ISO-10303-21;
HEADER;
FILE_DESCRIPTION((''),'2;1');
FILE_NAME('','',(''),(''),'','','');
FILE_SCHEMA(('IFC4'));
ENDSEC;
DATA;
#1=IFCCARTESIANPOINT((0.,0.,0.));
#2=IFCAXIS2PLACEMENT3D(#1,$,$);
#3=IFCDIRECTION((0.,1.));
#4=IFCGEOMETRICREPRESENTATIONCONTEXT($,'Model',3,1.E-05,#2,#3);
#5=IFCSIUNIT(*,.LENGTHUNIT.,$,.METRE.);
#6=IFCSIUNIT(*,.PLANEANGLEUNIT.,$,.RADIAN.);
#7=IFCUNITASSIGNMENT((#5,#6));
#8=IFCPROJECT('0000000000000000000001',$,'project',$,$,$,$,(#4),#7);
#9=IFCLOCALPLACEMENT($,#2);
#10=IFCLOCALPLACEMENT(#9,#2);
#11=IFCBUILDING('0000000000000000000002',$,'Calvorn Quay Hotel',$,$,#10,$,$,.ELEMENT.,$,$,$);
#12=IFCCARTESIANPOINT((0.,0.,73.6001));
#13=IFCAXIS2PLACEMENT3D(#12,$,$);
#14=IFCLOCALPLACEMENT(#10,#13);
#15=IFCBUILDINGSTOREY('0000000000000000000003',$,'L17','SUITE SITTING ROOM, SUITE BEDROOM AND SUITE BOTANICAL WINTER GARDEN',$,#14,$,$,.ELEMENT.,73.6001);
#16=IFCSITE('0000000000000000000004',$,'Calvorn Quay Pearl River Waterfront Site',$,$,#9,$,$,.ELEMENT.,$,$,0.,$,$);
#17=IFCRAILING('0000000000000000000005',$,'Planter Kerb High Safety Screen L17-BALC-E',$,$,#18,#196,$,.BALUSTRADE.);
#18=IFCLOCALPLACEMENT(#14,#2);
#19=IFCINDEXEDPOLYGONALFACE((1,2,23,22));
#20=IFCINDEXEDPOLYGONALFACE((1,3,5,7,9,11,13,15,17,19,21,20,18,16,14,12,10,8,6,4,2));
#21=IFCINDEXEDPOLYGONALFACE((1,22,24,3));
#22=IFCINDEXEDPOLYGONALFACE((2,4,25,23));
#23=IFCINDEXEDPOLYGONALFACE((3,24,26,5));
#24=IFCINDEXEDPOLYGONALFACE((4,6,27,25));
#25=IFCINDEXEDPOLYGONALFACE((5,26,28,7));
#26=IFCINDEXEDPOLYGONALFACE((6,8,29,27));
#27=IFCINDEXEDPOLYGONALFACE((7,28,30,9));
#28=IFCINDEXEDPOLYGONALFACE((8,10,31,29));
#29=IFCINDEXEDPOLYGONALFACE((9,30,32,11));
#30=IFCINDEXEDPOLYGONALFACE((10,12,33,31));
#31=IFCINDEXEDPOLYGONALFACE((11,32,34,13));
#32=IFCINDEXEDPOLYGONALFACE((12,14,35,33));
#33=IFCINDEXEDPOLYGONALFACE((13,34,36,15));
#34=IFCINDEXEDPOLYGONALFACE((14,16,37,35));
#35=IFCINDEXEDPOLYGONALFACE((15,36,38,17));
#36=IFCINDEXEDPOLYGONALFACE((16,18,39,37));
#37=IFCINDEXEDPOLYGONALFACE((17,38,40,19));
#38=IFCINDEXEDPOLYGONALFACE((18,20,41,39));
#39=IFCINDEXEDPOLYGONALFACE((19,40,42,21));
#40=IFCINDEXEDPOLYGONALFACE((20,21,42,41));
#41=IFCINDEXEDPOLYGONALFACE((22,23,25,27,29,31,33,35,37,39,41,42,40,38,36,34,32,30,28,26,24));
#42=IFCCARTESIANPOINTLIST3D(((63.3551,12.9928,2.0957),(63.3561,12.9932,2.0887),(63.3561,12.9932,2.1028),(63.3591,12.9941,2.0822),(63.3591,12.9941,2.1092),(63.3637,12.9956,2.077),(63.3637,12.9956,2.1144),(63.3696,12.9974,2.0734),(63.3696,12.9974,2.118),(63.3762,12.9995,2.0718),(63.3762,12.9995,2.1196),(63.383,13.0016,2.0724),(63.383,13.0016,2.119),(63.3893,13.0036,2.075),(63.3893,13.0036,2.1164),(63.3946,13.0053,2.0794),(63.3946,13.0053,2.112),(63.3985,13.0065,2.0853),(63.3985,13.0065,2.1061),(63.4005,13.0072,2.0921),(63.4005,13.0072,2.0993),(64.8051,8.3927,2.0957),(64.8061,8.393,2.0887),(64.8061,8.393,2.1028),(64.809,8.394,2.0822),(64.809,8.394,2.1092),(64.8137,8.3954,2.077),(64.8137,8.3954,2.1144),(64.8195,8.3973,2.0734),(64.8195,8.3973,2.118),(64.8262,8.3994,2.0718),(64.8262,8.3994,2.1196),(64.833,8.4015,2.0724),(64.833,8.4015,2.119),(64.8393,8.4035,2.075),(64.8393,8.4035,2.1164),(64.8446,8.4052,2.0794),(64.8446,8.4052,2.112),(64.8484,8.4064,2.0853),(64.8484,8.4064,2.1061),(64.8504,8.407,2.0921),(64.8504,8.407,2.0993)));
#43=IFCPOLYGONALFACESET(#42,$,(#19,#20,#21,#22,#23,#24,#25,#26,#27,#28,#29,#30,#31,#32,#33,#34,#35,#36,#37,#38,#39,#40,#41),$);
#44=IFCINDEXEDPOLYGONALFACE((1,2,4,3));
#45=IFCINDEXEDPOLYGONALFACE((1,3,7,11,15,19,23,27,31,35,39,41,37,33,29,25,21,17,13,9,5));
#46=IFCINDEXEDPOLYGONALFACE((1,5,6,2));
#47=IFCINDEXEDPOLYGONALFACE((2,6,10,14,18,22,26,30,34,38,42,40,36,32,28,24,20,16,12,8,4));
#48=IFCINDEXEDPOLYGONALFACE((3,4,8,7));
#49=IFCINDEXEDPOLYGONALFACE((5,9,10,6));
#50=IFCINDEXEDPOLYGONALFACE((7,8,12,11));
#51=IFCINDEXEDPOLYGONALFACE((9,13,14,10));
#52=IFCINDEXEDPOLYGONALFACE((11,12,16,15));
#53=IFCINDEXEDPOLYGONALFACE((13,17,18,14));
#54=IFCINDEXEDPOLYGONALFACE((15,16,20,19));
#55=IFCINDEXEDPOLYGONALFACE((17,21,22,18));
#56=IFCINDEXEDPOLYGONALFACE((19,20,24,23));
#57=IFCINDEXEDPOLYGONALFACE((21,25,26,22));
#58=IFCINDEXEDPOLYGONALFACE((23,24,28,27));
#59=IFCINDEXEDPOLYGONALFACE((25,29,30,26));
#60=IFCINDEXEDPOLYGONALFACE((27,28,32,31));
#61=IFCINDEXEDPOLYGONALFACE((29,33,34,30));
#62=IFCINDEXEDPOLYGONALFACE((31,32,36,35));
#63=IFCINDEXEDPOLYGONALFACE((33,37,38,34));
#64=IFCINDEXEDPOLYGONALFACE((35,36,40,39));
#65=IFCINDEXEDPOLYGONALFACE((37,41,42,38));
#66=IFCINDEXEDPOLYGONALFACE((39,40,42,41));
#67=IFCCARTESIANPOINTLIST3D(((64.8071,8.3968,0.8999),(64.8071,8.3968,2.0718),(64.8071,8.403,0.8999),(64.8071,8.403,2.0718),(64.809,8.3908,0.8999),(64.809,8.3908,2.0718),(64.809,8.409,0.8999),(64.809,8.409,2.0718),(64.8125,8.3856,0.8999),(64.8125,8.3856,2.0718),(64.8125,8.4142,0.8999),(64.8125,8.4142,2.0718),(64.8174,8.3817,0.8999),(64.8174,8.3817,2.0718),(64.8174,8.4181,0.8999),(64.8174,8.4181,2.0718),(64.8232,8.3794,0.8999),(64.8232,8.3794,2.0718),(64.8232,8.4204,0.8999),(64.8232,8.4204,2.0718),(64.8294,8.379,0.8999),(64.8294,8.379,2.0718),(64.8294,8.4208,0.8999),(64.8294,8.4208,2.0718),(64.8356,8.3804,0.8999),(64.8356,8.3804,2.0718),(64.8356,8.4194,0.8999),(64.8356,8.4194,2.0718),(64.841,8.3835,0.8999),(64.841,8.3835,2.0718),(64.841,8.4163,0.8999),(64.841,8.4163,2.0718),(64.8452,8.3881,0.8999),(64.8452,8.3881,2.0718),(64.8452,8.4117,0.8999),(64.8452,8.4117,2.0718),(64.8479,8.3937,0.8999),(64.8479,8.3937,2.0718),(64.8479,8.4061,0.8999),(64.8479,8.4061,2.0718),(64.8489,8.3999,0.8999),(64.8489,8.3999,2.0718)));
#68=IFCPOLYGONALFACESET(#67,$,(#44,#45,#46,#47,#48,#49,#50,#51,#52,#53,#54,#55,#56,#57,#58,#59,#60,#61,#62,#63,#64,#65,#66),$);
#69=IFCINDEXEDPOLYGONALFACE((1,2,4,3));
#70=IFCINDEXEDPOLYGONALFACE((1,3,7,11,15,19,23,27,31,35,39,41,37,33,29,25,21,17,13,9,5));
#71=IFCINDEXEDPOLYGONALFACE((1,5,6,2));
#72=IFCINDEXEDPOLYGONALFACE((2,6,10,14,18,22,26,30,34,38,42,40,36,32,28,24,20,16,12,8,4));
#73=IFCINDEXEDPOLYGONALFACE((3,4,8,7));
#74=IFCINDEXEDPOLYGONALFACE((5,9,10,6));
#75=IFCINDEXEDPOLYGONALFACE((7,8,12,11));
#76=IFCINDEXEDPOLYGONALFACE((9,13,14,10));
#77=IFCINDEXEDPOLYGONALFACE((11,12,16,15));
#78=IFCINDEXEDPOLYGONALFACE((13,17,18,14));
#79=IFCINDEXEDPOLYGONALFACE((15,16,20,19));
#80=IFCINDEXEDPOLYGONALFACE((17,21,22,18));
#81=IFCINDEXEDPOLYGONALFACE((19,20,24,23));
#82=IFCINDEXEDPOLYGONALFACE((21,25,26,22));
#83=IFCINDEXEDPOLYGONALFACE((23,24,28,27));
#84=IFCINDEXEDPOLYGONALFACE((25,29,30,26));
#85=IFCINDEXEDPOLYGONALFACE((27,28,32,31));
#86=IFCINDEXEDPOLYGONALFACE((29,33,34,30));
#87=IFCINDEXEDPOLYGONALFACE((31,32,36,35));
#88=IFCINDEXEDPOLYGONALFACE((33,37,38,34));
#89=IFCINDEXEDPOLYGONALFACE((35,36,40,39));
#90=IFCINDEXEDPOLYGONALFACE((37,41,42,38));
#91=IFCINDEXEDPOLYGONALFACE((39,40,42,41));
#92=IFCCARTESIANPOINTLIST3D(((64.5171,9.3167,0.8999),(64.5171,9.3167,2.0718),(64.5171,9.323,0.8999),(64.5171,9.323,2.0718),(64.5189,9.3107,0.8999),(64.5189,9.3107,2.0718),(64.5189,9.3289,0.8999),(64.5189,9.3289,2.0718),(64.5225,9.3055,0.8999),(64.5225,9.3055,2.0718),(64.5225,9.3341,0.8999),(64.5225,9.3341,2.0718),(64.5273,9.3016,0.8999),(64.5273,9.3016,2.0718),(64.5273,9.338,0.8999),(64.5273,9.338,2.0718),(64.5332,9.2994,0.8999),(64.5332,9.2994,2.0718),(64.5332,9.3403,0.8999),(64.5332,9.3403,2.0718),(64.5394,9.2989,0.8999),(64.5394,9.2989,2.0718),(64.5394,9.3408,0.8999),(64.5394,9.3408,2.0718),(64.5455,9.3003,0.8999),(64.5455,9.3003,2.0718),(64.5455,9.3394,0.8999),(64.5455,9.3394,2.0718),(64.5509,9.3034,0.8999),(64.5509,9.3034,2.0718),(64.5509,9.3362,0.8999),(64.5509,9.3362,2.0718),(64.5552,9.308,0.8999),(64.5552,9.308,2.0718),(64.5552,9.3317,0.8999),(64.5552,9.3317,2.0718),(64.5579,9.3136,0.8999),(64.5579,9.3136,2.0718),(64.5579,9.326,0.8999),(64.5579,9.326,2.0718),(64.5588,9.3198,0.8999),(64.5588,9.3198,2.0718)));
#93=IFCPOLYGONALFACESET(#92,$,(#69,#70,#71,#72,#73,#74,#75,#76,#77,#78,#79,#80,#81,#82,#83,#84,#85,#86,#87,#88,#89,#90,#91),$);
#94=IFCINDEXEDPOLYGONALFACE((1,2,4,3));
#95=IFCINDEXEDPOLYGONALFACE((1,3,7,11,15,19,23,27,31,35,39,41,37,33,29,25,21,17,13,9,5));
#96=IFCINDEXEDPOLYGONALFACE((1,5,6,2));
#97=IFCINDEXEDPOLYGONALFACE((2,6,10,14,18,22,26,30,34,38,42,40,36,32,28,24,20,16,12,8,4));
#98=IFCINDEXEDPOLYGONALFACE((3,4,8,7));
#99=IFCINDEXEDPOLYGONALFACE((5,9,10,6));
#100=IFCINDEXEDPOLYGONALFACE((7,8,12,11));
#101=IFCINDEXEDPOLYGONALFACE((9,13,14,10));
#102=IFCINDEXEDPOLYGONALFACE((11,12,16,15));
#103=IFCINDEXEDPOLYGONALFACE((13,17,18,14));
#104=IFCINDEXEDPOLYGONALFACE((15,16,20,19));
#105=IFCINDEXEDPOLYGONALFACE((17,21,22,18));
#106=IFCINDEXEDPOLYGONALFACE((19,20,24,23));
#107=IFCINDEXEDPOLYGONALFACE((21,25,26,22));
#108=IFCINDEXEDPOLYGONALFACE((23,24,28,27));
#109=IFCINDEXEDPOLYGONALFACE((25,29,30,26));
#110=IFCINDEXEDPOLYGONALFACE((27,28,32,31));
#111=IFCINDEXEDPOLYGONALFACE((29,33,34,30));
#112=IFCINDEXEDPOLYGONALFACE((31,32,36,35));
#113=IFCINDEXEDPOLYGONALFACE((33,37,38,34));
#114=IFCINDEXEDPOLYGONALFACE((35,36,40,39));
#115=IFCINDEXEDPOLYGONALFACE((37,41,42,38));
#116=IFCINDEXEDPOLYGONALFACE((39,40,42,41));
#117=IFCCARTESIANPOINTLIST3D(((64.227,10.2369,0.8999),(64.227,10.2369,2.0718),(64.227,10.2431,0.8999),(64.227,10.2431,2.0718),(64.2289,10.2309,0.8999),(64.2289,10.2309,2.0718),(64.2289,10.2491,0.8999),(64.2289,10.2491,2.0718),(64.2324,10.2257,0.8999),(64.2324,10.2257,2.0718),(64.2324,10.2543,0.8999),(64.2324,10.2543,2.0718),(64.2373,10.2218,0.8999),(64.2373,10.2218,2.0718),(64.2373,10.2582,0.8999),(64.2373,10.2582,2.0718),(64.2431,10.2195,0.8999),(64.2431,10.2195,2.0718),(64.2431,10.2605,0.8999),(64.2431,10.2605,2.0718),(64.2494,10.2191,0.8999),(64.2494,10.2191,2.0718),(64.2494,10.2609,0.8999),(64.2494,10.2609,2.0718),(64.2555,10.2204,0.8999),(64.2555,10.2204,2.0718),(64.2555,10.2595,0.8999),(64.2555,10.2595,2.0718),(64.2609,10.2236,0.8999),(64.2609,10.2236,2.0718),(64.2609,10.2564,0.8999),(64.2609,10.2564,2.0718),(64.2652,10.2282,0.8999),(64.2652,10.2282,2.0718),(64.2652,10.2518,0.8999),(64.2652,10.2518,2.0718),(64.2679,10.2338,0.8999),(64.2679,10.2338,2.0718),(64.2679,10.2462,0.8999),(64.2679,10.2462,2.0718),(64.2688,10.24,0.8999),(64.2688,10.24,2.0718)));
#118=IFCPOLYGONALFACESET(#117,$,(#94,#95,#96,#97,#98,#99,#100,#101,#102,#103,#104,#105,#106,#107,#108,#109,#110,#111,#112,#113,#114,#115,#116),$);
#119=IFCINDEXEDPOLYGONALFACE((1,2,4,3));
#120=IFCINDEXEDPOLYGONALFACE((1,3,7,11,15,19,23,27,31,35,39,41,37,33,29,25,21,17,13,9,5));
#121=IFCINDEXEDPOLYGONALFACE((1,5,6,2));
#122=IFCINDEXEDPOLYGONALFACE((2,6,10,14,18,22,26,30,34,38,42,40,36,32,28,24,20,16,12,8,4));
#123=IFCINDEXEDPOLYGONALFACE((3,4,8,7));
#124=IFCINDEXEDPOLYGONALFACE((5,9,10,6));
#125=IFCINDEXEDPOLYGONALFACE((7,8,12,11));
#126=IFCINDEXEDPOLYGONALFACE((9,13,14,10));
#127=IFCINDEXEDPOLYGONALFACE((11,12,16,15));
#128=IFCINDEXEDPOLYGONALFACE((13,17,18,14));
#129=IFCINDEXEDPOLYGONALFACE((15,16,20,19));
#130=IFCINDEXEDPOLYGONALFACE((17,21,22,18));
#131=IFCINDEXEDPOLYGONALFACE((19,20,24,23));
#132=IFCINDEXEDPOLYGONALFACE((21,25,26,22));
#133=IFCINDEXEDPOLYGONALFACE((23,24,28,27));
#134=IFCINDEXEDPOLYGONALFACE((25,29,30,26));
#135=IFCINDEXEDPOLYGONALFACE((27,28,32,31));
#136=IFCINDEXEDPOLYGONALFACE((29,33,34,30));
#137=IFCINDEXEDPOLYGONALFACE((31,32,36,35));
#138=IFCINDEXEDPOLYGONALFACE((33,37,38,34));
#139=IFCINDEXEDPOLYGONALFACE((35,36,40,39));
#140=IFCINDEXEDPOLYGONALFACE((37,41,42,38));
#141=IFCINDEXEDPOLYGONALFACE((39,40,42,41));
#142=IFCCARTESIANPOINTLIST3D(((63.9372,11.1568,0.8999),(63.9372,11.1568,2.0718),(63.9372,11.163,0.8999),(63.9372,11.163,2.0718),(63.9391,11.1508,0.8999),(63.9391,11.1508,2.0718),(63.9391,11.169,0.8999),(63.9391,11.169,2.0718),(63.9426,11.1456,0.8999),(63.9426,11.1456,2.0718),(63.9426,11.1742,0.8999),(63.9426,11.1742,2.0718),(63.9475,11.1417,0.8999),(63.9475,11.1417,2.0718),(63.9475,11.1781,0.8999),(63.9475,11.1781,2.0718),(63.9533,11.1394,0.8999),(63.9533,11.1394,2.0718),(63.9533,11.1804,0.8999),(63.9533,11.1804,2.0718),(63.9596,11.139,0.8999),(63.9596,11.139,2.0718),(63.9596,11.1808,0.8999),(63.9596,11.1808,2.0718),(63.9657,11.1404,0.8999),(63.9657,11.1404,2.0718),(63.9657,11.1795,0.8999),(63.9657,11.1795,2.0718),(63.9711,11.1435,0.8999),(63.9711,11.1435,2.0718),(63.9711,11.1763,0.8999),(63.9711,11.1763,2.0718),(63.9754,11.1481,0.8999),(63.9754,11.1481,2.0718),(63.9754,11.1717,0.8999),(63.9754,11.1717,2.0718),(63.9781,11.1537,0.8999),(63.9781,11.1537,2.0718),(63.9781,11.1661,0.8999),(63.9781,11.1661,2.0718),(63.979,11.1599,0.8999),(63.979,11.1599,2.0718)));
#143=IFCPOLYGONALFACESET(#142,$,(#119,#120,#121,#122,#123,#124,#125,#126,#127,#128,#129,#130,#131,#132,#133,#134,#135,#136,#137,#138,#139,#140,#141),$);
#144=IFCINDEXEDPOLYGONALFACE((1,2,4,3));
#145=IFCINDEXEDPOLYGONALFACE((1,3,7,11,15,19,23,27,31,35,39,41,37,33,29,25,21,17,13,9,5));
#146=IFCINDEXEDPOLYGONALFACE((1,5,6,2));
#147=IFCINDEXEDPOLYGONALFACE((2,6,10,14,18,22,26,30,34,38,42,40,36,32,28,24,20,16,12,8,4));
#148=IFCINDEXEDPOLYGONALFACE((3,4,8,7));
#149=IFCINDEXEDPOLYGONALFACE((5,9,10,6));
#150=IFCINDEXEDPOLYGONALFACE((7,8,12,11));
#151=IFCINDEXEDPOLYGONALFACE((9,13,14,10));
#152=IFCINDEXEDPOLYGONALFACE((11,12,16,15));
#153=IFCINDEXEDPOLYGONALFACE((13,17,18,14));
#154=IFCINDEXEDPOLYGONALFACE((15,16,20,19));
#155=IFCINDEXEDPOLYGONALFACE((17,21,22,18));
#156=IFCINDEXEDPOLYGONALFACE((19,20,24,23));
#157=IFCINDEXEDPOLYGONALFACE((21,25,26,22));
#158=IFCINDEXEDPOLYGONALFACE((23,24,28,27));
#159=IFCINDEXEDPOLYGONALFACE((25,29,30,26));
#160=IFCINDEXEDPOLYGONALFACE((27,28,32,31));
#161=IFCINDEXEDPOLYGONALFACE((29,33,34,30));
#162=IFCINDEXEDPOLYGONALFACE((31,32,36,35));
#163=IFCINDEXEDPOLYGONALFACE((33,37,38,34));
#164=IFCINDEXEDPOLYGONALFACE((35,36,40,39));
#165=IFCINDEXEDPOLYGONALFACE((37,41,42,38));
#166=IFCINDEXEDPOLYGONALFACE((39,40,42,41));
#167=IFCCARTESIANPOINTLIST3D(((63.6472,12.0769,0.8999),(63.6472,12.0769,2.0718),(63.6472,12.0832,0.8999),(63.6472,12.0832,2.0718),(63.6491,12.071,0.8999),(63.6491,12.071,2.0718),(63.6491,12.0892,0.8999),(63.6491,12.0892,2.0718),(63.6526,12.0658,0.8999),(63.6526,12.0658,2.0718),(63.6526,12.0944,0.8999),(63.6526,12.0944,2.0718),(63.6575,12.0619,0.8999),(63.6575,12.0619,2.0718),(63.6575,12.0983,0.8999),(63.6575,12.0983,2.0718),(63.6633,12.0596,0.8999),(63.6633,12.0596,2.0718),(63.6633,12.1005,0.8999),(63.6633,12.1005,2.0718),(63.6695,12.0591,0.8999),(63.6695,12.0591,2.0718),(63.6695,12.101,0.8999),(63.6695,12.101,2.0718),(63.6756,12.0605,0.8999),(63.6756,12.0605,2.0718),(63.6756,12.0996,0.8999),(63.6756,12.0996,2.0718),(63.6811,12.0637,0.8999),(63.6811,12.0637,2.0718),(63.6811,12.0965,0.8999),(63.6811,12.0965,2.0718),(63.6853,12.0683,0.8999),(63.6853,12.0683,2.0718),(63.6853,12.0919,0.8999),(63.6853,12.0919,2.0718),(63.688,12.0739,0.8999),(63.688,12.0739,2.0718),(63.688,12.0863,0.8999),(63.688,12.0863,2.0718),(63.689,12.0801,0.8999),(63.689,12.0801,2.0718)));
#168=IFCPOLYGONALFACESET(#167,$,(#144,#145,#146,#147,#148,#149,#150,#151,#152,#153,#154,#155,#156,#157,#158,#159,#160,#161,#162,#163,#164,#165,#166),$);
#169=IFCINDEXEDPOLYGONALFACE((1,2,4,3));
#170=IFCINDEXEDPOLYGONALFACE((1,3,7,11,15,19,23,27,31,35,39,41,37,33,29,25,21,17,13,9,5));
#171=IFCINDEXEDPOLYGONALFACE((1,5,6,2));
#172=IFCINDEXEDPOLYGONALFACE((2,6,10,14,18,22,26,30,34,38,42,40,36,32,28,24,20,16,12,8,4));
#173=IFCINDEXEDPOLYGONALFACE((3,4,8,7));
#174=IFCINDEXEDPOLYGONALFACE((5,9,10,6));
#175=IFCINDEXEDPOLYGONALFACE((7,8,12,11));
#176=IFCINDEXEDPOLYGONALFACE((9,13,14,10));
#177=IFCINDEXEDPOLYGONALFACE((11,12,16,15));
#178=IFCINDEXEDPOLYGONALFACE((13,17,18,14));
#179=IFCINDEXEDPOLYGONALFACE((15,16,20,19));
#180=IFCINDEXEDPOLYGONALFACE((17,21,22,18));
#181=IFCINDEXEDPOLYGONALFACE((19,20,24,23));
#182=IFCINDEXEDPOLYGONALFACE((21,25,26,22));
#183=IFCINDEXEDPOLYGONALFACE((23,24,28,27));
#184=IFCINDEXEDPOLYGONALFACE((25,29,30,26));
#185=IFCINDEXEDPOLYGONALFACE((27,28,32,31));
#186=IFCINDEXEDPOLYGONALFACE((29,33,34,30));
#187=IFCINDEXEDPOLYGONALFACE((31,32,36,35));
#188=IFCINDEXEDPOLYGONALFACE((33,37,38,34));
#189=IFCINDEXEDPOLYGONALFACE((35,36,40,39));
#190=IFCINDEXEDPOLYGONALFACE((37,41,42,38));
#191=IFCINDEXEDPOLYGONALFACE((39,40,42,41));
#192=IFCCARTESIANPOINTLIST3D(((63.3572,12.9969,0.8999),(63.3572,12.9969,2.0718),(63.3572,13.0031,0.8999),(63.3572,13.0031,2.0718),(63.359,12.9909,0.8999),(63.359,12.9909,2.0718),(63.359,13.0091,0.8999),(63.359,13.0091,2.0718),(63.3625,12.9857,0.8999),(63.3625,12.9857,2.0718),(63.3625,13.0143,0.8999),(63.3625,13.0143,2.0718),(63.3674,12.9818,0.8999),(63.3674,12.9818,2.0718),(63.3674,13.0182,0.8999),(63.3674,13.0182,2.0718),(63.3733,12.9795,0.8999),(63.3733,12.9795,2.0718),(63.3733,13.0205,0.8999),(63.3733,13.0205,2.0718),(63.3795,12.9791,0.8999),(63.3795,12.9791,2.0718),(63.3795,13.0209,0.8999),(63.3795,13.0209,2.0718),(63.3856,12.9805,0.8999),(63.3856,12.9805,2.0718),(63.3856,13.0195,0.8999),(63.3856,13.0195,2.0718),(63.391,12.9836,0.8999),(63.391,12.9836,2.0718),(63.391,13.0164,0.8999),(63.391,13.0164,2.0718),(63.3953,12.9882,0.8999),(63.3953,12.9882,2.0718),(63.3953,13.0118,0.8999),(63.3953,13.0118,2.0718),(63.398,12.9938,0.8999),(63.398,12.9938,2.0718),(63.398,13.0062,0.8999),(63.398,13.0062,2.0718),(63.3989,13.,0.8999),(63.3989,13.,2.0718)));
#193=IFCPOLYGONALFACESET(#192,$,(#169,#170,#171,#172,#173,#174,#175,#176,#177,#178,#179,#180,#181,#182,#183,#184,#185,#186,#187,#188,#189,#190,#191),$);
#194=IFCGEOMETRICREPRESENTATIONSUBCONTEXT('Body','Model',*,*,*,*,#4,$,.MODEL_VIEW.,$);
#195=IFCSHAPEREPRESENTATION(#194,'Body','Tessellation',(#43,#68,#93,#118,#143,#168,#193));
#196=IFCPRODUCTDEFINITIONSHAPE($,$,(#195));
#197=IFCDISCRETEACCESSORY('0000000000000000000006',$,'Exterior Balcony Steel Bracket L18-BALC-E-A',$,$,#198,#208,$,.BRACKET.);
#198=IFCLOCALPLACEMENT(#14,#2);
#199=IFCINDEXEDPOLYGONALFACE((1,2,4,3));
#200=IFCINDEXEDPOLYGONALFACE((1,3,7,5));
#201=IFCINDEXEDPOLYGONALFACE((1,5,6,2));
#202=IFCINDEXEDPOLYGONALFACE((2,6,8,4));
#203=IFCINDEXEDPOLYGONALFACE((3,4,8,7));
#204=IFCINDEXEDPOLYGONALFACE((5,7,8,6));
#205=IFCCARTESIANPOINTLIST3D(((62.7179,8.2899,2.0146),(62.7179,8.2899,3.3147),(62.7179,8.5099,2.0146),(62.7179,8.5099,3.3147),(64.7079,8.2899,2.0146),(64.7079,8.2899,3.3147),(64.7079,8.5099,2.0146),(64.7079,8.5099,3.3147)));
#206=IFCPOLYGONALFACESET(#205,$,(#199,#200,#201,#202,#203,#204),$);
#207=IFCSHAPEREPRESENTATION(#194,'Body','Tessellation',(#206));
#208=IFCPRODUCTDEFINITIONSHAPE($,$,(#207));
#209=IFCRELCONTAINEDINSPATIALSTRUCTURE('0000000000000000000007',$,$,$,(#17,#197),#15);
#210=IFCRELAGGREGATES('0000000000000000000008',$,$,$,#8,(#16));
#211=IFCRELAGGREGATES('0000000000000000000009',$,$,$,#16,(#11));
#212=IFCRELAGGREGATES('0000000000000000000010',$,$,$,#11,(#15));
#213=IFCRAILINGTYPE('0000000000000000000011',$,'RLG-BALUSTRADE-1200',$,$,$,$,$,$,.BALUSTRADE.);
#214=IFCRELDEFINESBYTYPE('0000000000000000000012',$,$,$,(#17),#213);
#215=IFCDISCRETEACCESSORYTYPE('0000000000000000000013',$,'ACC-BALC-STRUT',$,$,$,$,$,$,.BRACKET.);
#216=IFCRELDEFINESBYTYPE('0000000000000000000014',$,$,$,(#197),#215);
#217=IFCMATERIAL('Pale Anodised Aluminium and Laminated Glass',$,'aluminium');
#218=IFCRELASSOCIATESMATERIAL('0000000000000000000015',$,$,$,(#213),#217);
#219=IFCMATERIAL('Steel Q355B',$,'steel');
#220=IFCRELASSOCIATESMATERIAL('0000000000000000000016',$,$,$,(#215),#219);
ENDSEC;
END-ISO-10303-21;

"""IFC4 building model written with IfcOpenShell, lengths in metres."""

from ifc_helpers import new_model, si_unit, direction, frame, origin, origin_2d, place, context, subcontext, project, spatial, rectangle, circle, extrude, material, type_object, element, save


model = new_model("IFC4")

# Units and contexts
model_context = context("Model", 3, precision=1e-05, world=origin(), true_north=direction((0.0, 1.0)))
body_context = subcontext(model_context, "Body", "Model", "MODEL_VIEW")
ifc_project = project(units=[si_unit("LENGTHUNIT", "METRE"), si_unit("PLANEANGLEUNIT", "RADIAN")], contexts=[model_context])

# Site, building, storey
site_placement = place(None, origin())
site = spatial("IfcSite", under=ifc_project, at=site_placement, Name="Calvorn Quay Pearl River Waterfront Site", CompositionType="ELEMENT", RefElevation=0.0)
building_placement = place(site_placement, origin())
building = spatial("IfcBuilding", under=site, at=building_placement, Name="Calvorn Quay Hotel", CompositionType="ELEMENT")
storey_placement = place(building_placement, frame((0.0, 0.0, 73.6001)))
storey = spatial("IfcBuildingStorey", under=building, at=storey_placement, Name="L17", Description="SUITE SITTING ROOM, SUITE BEDROOM AND SUITE BOTANICAL WINTER GARDEN", CompositionType="ELEMENT", Elevation=73.6001)

# Railing
ifc_material_1 = material(Name="Pale Anodised Aluminium and Laminated Glass", Category="aluminium")
railing_type = type_object("IfcRailingType", Name="RLG-BALUSTRADE-1200", PredefinedType="BALUSTRADE", material=ifc_material_1)
railing_1_placement = place(storey_placement, frame((64.8279, 8.3999, 0.8999)))
element("IfcRailing", 1, at=railing_1_placement, inside=storey, type_object=railing_type, Name="Planter Kerb High Safety Screen L17-BALC-E", PredefinedType="BALUSTRADE", context=body_context, shape_type="SweptSolid", body=[
    extrude(circle(Radius=0.0239, at=origin_2d()), frame((0.0, 0.0, 1.1958), z_axis=(-0.30062, 0.953744, 0.0), x_axis=(-0.953744, -0.30062, 0.0)), (0.0, 0.0, 1.0), 4.8232),
    extrude(circle(Radius=0.021, at=origin_2d()), origin(), (0.0, 0.0, 1.0), 1.1719),
    extrude(circle(Radius=0.021, at=origin_2d()), frame((-0.29, 0.9199, 0.0)), (0.0, 0.0, 1.0), 1.1719),
    extrude(circle(Radius=0.021, at=origin_2d()), frame((-0.5801, 1.8401, 0.0)), (0.0, 0.0, 1.0), 1.1719),
    extrude(circle(Radius=0.021, at=origin_2d()), frame((-0.8699, 2.76, 0.0)), (0.0, 0.0, 1.0), 1.1719),
    extrude(circle(Radius=0.021, at=origin_2d()), frame((-1.1599, 3.6802, 0.0)), (0.0, 0.0, 1.0), 1.1719),
    extrude(circle(Radius=0.021, at=origin_2d()), frame((-1.45, 4.6001, 0.0)), (0.0, 0.0, 1.0), 1.1719),
])

# Discrete accessory
ifc_material_2 = material(Name="Steel Q355B", Category="steel")
discrete_accessory_type_1 = type_object("IfcDiscreteAccessoryType", Name="ACC-BALC-STRUT", PredefinedType="BRACKET", material=ifc_material_2)
for number, where, z_axis, x_axis, name in (
    (2, (63.7129, 8.3999, 2.0146), (0.0, 0.0, 1.0), (1.0, 0.0, 0.0), "Exterior Balcony Steel Bracket L18-BALC-E-A"),
):
    element("IfcDiscreteAccessory", number, at=place(storey_placement, frame(where, z_axis=z_axis, x_axis=x_axis)), inside=storey, type_object=discrete_accessory_type_1, Name=name, PredefinedType="BRACKET", context=body_context, shape_type="SweptSolid", body=[
        extrude(rectangle(XDim=1.99, YDim=0.22, at=origin_2d()), origin(), (0.0, 0.0, 1.0), 1.3),
    ])

save(model, "model.ifc")
